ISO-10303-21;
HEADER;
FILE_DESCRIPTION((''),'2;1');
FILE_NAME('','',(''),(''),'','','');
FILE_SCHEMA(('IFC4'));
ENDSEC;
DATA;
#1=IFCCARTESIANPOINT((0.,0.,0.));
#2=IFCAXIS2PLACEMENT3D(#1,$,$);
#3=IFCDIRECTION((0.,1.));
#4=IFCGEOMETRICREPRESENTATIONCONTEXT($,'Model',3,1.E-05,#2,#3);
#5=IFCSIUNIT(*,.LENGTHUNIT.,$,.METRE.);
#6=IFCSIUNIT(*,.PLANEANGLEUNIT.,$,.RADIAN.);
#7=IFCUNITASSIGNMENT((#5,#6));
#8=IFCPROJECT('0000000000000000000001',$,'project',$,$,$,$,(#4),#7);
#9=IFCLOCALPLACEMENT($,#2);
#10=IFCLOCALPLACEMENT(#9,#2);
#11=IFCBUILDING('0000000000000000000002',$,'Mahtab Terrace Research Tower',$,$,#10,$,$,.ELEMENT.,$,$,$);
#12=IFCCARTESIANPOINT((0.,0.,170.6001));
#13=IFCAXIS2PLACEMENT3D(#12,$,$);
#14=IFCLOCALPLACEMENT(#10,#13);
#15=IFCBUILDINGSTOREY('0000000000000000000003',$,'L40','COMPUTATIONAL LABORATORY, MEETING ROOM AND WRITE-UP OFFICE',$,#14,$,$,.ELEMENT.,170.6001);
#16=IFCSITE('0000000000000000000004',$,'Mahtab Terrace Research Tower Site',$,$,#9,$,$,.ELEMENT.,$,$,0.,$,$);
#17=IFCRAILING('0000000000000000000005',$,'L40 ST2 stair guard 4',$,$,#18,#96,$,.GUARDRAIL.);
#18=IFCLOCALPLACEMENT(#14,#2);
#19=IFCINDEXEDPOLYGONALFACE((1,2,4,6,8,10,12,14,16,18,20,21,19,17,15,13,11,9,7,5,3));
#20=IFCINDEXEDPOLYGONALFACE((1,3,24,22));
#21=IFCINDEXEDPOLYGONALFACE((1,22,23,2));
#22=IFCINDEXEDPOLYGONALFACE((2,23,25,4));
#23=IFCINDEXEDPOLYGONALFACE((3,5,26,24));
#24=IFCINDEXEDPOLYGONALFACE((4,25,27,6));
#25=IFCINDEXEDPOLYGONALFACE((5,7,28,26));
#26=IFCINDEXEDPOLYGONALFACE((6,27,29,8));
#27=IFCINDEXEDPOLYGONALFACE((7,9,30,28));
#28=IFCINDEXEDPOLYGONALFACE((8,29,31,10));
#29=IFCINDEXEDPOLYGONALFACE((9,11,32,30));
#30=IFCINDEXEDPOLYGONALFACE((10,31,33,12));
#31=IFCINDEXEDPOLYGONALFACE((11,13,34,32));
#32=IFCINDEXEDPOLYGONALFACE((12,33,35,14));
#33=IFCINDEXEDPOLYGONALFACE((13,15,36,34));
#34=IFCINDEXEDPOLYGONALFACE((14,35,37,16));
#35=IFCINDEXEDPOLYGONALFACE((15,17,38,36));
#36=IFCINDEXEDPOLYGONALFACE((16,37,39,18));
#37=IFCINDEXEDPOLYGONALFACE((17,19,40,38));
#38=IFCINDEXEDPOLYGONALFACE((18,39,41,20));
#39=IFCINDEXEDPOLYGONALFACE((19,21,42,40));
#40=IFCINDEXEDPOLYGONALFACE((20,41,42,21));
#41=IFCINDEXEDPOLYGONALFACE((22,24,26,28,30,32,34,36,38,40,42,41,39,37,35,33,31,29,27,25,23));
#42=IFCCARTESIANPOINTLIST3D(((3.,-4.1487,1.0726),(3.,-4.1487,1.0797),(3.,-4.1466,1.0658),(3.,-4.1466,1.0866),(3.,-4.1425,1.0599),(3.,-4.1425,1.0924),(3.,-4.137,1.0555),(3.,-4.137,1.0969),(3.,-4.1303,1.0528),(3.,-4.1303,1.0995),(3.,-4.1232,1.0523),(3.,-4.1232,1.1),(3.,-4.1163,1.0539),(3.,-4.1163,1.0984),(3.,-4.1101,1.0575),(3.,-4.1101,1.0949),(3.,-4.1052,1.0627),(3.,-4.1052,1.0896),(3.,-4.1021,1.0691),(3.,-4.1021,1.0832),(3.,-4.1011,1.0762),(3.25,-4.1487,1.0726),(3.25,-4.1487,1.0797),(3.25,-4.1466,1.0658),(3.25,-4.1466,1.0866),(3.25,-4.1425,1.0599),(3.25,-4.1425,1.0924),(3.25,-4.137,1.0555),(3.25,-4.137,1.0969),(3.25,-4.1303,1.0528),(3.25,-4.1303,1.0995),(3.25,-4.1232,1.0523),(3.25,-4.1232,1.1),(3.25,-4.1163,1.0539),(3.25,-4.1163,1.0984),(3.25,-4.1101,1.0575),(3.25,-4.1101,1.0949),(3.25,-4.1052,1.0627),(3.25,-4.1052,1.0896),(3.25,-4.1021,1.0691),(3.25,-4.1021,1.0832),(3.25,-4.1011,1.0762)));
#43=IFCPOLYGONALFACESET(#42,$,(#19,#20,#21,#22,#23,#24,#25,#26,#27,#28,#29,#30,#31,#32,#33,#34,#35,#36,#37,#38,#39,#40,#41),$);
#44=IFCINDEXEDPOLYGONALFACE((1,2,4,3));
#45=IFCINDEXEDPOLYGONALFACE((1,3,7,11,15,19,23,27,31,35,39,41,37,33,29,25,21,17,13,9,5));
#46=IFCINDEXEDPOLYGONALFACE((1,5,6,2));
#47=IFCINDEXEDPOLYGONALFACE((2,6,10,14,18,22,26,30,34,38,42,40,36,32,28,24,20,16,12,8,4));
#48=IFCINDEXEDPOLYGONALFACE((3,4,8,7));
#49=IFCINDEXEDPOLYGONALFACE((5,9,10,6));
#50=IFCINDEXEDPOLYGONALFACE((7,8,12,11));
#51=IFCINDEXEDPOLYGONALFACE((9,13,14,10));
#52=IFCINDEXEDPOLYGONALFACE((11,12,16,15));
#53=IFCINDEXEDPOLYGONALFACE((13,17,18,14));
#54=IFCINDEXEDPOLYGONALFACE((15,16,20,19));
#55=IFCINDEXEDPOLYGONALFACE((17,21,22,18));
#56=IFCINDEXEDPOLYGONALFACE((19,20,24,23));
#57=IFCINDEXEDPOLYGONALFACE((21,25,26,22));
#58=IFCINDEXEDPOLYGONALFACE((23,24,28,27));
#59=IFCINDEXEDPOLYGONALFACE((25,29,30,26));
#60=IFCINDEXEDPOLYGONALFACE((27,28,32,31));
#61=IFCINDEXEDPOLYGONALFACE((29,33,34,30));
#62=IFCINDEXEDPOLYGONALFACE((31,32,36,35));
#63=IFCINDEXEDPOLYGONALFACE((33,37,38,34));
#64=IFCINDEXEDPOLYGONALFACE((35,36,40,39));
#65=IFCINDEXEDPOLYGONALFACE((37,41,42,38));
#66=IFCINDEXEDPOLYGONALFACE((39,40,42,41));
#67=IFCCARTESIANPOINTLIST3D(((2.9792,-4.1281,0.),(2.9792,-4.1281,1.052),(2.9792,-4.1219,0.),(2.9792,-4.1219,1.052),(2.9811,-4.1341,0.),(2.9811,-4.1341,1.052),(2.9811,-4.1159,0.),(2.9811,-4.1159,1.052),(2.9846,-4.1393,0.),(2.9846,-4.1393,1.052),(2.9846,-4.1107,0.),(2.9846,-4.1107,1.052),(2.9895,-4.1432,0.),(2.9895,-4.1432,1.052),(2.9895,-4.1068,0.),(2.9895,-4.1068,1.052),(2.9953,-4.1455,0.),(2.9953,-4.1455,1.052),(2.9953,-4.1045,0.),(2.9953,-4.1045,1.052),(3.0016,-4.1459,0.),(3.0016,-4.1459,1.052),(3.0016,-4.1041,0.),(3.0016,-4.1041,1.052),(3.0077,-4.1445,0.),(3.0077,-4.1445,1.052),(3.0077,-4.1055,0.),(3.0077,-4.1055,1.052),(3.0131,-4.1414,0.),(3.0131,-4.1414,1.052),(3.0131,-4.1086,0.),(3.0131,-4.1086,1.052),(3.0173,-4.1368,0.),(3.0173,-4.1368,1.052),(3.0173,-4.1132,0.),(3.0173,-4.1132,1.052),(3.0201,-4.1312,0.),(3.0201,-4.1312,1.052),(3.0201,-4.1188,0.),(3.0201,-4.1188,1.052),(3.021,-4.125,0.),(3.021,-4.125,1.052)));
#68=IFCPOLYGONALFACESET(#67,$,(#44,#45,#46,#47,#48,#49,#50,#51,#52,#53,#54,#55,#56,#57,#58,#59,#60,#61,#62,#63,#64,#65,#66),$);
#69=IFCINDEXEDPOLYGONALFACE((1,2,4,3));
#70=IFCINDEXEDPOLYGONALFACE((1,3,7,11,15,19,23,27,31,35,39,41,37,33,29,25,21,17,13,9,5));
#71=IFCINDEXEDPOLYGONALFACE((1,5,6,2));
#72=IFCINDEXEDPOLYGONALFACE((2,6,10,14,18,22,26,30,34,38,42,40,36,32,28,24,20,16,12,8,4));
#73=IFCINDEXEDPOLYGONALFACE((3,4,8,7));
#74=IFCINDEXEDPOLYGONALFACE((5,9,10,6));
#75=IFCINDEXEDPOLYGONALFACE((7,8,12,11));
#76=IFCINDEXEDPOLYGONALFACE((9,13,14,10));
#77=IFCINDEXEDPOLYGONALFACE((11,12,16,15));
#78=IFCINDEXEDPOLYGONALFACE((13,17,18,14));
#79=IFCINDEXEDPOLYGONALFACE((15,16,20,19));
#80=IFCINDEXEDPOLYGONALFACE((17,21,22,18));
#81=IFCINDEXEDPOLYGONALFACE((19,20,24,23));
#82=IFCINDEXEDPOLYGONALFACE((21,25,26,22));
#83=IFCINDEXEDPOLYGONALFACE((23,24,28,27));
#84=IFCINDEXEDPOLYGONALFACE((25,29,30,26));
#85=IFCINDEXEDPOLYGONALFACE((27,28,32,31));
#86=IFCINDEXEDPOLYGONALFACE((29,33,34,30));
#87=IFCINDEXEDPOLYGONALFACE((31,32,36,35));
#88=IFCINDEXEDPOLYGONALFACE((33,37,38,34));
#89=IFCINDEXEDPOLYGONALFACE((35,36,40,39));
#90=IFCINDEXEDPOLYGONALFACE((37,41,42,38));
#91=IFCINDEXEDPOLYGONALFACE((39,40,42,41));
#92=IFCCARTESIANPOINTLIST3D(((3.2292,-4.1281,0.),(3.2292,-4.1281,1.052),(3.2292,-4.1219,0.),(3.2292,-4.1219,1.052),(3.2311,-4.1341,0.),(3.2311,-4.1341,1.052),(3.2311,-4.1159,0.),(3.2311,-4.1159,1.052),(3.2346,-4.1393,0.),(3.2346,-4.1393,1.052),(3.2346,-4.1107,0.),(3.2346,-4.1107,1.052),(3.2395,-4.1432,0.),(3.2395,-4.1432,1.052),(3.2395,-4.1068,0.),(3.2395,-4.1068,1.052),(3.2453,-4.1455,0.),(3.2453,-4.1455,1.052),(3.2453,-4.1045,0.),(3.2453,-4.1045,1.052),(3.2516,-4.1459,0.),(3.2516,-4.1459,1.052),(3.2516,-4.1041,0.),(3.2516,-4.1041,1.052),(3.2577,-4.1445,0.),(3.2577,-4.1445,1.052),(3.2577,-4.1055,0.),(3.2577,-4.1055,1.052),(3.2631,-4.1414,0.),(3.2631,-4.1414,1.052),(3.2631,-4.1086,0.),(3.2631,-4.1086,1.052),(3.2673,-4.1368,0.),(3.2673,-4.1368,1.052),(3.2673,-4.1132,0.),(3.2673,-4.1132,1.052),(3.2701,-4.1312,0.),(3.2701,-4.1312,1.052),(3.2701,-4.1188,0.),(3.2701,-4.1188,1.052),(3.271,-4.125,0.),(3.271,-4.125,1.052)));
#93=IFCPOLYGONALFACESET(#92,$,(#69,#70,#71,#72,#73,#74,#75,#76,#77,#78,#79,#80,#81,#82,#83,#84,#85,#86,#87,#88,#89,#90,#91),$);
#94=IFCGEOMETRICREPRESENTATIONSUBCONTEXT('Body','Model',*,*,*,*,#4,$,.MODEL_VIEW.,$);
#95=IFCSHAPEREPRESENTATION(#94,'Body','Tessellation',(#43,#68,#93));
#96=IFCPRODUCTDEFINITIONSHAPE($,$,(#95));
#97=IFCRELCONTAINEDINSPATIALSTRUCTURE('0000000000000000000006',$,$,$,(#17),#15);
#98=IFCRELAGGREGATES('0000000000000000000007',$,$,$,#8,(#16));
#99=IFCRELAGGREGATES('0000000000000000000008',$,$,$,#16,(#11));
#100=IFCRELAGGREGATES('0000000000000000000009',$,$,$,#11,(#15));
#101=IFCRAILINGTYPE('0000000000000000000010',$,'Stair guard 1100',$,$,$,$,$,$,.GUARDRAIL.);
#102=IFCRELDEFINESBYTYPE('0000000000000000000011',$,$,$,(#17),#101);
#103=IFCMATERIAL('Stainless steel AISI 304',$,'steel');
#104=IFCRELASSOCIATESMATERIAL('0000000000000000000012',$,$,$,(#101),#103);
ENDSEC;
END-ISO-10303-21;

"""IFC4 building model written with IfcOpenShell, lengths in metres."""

from ifc_helpers import new_model, si_unit, direction, frame, origin, origin_2d, place, context, subcontext, project, spatial, circle, extrude, material, type_object, element, save


model = new_model("IFC4")

# Units and contexts
model_context = context("Model", 3, precision=1e-05, world=origin(), true_north=direction((0.0, 1.0)))
body_context = subcontext(model_context, "Body", "Model", "MODEL_VIEW")
ifc_project = project(units=[si_unit("LENGTHUNIT", "METRE"), si_unit("PLANEANGLEUNIT", "RADIAN")], contexts=[model_context])

# Site, building, storey
site_placement = place(None, origin())
site = spatial("IfcSite", under=ifc_project, at=site_placement, Name="Mahtab Terrace Research Tower Site", CompositionType="ELEMENT", RefElevation=0.0)
building_placement = place(site_placement, origin())
building = spatial("IfcBuilding", under=site, at=building_placement, Name="Mahtab Terrace Research Tower", CompositionType="ELEMENT")
storey_placement = place(building_placement, frame((0.0, 0.0, 170.6001)))
storey = spatial("IfcBuildingStorey", under=building, at=storey_placement, Name="L40", Description="COMPUTATIONAL LABORATORY, MEETING ROOM AND WRITE-UP OFFICE", CompositionType="ELEMENT", Elevation=170.6001)

# Railing
ifc_material_1 = material(Name="Stainless steel AISI 304", Category="steel")
railing_type_1 = type_object("IfcRailingType", Name="Stair guard 1100", PredefinedType="GUARDRAIL", material=ifc_material_1)
railing_1_placement = place(storey_placement, frame((3.0, -4.125, 0.0)))
element("IfcRailing", 1, at=railing_1_placement, inside=storey, type_object=railing_type_1, Name="L40 ST2 stair guard 4", PredefinedType="GUARDRAIL", context=body_context, shape_type="SweptSolid", body=[
    extrude(circle(Radius=0.0239, at=origin_2d()), frame((0.0, 0.0, 1.0762), z_axis=(1.0, 0.0, 0.0), x_axis=(0.0, 1.0, 0.0)), (0.0, 0.0, 1.0), 0.25),
    extrude(circle(Radius=0.021, at=origin_2d()), origin(), (0.0, 0.0, 1.0), 1.052),
    extrude(circle(Radius=0.021, at=origin_2d()), frame((0.25, 0.0, 0.0)), (0.0, 0.0, 1.0), 1.052),
])

save(model, "model.ifc")
